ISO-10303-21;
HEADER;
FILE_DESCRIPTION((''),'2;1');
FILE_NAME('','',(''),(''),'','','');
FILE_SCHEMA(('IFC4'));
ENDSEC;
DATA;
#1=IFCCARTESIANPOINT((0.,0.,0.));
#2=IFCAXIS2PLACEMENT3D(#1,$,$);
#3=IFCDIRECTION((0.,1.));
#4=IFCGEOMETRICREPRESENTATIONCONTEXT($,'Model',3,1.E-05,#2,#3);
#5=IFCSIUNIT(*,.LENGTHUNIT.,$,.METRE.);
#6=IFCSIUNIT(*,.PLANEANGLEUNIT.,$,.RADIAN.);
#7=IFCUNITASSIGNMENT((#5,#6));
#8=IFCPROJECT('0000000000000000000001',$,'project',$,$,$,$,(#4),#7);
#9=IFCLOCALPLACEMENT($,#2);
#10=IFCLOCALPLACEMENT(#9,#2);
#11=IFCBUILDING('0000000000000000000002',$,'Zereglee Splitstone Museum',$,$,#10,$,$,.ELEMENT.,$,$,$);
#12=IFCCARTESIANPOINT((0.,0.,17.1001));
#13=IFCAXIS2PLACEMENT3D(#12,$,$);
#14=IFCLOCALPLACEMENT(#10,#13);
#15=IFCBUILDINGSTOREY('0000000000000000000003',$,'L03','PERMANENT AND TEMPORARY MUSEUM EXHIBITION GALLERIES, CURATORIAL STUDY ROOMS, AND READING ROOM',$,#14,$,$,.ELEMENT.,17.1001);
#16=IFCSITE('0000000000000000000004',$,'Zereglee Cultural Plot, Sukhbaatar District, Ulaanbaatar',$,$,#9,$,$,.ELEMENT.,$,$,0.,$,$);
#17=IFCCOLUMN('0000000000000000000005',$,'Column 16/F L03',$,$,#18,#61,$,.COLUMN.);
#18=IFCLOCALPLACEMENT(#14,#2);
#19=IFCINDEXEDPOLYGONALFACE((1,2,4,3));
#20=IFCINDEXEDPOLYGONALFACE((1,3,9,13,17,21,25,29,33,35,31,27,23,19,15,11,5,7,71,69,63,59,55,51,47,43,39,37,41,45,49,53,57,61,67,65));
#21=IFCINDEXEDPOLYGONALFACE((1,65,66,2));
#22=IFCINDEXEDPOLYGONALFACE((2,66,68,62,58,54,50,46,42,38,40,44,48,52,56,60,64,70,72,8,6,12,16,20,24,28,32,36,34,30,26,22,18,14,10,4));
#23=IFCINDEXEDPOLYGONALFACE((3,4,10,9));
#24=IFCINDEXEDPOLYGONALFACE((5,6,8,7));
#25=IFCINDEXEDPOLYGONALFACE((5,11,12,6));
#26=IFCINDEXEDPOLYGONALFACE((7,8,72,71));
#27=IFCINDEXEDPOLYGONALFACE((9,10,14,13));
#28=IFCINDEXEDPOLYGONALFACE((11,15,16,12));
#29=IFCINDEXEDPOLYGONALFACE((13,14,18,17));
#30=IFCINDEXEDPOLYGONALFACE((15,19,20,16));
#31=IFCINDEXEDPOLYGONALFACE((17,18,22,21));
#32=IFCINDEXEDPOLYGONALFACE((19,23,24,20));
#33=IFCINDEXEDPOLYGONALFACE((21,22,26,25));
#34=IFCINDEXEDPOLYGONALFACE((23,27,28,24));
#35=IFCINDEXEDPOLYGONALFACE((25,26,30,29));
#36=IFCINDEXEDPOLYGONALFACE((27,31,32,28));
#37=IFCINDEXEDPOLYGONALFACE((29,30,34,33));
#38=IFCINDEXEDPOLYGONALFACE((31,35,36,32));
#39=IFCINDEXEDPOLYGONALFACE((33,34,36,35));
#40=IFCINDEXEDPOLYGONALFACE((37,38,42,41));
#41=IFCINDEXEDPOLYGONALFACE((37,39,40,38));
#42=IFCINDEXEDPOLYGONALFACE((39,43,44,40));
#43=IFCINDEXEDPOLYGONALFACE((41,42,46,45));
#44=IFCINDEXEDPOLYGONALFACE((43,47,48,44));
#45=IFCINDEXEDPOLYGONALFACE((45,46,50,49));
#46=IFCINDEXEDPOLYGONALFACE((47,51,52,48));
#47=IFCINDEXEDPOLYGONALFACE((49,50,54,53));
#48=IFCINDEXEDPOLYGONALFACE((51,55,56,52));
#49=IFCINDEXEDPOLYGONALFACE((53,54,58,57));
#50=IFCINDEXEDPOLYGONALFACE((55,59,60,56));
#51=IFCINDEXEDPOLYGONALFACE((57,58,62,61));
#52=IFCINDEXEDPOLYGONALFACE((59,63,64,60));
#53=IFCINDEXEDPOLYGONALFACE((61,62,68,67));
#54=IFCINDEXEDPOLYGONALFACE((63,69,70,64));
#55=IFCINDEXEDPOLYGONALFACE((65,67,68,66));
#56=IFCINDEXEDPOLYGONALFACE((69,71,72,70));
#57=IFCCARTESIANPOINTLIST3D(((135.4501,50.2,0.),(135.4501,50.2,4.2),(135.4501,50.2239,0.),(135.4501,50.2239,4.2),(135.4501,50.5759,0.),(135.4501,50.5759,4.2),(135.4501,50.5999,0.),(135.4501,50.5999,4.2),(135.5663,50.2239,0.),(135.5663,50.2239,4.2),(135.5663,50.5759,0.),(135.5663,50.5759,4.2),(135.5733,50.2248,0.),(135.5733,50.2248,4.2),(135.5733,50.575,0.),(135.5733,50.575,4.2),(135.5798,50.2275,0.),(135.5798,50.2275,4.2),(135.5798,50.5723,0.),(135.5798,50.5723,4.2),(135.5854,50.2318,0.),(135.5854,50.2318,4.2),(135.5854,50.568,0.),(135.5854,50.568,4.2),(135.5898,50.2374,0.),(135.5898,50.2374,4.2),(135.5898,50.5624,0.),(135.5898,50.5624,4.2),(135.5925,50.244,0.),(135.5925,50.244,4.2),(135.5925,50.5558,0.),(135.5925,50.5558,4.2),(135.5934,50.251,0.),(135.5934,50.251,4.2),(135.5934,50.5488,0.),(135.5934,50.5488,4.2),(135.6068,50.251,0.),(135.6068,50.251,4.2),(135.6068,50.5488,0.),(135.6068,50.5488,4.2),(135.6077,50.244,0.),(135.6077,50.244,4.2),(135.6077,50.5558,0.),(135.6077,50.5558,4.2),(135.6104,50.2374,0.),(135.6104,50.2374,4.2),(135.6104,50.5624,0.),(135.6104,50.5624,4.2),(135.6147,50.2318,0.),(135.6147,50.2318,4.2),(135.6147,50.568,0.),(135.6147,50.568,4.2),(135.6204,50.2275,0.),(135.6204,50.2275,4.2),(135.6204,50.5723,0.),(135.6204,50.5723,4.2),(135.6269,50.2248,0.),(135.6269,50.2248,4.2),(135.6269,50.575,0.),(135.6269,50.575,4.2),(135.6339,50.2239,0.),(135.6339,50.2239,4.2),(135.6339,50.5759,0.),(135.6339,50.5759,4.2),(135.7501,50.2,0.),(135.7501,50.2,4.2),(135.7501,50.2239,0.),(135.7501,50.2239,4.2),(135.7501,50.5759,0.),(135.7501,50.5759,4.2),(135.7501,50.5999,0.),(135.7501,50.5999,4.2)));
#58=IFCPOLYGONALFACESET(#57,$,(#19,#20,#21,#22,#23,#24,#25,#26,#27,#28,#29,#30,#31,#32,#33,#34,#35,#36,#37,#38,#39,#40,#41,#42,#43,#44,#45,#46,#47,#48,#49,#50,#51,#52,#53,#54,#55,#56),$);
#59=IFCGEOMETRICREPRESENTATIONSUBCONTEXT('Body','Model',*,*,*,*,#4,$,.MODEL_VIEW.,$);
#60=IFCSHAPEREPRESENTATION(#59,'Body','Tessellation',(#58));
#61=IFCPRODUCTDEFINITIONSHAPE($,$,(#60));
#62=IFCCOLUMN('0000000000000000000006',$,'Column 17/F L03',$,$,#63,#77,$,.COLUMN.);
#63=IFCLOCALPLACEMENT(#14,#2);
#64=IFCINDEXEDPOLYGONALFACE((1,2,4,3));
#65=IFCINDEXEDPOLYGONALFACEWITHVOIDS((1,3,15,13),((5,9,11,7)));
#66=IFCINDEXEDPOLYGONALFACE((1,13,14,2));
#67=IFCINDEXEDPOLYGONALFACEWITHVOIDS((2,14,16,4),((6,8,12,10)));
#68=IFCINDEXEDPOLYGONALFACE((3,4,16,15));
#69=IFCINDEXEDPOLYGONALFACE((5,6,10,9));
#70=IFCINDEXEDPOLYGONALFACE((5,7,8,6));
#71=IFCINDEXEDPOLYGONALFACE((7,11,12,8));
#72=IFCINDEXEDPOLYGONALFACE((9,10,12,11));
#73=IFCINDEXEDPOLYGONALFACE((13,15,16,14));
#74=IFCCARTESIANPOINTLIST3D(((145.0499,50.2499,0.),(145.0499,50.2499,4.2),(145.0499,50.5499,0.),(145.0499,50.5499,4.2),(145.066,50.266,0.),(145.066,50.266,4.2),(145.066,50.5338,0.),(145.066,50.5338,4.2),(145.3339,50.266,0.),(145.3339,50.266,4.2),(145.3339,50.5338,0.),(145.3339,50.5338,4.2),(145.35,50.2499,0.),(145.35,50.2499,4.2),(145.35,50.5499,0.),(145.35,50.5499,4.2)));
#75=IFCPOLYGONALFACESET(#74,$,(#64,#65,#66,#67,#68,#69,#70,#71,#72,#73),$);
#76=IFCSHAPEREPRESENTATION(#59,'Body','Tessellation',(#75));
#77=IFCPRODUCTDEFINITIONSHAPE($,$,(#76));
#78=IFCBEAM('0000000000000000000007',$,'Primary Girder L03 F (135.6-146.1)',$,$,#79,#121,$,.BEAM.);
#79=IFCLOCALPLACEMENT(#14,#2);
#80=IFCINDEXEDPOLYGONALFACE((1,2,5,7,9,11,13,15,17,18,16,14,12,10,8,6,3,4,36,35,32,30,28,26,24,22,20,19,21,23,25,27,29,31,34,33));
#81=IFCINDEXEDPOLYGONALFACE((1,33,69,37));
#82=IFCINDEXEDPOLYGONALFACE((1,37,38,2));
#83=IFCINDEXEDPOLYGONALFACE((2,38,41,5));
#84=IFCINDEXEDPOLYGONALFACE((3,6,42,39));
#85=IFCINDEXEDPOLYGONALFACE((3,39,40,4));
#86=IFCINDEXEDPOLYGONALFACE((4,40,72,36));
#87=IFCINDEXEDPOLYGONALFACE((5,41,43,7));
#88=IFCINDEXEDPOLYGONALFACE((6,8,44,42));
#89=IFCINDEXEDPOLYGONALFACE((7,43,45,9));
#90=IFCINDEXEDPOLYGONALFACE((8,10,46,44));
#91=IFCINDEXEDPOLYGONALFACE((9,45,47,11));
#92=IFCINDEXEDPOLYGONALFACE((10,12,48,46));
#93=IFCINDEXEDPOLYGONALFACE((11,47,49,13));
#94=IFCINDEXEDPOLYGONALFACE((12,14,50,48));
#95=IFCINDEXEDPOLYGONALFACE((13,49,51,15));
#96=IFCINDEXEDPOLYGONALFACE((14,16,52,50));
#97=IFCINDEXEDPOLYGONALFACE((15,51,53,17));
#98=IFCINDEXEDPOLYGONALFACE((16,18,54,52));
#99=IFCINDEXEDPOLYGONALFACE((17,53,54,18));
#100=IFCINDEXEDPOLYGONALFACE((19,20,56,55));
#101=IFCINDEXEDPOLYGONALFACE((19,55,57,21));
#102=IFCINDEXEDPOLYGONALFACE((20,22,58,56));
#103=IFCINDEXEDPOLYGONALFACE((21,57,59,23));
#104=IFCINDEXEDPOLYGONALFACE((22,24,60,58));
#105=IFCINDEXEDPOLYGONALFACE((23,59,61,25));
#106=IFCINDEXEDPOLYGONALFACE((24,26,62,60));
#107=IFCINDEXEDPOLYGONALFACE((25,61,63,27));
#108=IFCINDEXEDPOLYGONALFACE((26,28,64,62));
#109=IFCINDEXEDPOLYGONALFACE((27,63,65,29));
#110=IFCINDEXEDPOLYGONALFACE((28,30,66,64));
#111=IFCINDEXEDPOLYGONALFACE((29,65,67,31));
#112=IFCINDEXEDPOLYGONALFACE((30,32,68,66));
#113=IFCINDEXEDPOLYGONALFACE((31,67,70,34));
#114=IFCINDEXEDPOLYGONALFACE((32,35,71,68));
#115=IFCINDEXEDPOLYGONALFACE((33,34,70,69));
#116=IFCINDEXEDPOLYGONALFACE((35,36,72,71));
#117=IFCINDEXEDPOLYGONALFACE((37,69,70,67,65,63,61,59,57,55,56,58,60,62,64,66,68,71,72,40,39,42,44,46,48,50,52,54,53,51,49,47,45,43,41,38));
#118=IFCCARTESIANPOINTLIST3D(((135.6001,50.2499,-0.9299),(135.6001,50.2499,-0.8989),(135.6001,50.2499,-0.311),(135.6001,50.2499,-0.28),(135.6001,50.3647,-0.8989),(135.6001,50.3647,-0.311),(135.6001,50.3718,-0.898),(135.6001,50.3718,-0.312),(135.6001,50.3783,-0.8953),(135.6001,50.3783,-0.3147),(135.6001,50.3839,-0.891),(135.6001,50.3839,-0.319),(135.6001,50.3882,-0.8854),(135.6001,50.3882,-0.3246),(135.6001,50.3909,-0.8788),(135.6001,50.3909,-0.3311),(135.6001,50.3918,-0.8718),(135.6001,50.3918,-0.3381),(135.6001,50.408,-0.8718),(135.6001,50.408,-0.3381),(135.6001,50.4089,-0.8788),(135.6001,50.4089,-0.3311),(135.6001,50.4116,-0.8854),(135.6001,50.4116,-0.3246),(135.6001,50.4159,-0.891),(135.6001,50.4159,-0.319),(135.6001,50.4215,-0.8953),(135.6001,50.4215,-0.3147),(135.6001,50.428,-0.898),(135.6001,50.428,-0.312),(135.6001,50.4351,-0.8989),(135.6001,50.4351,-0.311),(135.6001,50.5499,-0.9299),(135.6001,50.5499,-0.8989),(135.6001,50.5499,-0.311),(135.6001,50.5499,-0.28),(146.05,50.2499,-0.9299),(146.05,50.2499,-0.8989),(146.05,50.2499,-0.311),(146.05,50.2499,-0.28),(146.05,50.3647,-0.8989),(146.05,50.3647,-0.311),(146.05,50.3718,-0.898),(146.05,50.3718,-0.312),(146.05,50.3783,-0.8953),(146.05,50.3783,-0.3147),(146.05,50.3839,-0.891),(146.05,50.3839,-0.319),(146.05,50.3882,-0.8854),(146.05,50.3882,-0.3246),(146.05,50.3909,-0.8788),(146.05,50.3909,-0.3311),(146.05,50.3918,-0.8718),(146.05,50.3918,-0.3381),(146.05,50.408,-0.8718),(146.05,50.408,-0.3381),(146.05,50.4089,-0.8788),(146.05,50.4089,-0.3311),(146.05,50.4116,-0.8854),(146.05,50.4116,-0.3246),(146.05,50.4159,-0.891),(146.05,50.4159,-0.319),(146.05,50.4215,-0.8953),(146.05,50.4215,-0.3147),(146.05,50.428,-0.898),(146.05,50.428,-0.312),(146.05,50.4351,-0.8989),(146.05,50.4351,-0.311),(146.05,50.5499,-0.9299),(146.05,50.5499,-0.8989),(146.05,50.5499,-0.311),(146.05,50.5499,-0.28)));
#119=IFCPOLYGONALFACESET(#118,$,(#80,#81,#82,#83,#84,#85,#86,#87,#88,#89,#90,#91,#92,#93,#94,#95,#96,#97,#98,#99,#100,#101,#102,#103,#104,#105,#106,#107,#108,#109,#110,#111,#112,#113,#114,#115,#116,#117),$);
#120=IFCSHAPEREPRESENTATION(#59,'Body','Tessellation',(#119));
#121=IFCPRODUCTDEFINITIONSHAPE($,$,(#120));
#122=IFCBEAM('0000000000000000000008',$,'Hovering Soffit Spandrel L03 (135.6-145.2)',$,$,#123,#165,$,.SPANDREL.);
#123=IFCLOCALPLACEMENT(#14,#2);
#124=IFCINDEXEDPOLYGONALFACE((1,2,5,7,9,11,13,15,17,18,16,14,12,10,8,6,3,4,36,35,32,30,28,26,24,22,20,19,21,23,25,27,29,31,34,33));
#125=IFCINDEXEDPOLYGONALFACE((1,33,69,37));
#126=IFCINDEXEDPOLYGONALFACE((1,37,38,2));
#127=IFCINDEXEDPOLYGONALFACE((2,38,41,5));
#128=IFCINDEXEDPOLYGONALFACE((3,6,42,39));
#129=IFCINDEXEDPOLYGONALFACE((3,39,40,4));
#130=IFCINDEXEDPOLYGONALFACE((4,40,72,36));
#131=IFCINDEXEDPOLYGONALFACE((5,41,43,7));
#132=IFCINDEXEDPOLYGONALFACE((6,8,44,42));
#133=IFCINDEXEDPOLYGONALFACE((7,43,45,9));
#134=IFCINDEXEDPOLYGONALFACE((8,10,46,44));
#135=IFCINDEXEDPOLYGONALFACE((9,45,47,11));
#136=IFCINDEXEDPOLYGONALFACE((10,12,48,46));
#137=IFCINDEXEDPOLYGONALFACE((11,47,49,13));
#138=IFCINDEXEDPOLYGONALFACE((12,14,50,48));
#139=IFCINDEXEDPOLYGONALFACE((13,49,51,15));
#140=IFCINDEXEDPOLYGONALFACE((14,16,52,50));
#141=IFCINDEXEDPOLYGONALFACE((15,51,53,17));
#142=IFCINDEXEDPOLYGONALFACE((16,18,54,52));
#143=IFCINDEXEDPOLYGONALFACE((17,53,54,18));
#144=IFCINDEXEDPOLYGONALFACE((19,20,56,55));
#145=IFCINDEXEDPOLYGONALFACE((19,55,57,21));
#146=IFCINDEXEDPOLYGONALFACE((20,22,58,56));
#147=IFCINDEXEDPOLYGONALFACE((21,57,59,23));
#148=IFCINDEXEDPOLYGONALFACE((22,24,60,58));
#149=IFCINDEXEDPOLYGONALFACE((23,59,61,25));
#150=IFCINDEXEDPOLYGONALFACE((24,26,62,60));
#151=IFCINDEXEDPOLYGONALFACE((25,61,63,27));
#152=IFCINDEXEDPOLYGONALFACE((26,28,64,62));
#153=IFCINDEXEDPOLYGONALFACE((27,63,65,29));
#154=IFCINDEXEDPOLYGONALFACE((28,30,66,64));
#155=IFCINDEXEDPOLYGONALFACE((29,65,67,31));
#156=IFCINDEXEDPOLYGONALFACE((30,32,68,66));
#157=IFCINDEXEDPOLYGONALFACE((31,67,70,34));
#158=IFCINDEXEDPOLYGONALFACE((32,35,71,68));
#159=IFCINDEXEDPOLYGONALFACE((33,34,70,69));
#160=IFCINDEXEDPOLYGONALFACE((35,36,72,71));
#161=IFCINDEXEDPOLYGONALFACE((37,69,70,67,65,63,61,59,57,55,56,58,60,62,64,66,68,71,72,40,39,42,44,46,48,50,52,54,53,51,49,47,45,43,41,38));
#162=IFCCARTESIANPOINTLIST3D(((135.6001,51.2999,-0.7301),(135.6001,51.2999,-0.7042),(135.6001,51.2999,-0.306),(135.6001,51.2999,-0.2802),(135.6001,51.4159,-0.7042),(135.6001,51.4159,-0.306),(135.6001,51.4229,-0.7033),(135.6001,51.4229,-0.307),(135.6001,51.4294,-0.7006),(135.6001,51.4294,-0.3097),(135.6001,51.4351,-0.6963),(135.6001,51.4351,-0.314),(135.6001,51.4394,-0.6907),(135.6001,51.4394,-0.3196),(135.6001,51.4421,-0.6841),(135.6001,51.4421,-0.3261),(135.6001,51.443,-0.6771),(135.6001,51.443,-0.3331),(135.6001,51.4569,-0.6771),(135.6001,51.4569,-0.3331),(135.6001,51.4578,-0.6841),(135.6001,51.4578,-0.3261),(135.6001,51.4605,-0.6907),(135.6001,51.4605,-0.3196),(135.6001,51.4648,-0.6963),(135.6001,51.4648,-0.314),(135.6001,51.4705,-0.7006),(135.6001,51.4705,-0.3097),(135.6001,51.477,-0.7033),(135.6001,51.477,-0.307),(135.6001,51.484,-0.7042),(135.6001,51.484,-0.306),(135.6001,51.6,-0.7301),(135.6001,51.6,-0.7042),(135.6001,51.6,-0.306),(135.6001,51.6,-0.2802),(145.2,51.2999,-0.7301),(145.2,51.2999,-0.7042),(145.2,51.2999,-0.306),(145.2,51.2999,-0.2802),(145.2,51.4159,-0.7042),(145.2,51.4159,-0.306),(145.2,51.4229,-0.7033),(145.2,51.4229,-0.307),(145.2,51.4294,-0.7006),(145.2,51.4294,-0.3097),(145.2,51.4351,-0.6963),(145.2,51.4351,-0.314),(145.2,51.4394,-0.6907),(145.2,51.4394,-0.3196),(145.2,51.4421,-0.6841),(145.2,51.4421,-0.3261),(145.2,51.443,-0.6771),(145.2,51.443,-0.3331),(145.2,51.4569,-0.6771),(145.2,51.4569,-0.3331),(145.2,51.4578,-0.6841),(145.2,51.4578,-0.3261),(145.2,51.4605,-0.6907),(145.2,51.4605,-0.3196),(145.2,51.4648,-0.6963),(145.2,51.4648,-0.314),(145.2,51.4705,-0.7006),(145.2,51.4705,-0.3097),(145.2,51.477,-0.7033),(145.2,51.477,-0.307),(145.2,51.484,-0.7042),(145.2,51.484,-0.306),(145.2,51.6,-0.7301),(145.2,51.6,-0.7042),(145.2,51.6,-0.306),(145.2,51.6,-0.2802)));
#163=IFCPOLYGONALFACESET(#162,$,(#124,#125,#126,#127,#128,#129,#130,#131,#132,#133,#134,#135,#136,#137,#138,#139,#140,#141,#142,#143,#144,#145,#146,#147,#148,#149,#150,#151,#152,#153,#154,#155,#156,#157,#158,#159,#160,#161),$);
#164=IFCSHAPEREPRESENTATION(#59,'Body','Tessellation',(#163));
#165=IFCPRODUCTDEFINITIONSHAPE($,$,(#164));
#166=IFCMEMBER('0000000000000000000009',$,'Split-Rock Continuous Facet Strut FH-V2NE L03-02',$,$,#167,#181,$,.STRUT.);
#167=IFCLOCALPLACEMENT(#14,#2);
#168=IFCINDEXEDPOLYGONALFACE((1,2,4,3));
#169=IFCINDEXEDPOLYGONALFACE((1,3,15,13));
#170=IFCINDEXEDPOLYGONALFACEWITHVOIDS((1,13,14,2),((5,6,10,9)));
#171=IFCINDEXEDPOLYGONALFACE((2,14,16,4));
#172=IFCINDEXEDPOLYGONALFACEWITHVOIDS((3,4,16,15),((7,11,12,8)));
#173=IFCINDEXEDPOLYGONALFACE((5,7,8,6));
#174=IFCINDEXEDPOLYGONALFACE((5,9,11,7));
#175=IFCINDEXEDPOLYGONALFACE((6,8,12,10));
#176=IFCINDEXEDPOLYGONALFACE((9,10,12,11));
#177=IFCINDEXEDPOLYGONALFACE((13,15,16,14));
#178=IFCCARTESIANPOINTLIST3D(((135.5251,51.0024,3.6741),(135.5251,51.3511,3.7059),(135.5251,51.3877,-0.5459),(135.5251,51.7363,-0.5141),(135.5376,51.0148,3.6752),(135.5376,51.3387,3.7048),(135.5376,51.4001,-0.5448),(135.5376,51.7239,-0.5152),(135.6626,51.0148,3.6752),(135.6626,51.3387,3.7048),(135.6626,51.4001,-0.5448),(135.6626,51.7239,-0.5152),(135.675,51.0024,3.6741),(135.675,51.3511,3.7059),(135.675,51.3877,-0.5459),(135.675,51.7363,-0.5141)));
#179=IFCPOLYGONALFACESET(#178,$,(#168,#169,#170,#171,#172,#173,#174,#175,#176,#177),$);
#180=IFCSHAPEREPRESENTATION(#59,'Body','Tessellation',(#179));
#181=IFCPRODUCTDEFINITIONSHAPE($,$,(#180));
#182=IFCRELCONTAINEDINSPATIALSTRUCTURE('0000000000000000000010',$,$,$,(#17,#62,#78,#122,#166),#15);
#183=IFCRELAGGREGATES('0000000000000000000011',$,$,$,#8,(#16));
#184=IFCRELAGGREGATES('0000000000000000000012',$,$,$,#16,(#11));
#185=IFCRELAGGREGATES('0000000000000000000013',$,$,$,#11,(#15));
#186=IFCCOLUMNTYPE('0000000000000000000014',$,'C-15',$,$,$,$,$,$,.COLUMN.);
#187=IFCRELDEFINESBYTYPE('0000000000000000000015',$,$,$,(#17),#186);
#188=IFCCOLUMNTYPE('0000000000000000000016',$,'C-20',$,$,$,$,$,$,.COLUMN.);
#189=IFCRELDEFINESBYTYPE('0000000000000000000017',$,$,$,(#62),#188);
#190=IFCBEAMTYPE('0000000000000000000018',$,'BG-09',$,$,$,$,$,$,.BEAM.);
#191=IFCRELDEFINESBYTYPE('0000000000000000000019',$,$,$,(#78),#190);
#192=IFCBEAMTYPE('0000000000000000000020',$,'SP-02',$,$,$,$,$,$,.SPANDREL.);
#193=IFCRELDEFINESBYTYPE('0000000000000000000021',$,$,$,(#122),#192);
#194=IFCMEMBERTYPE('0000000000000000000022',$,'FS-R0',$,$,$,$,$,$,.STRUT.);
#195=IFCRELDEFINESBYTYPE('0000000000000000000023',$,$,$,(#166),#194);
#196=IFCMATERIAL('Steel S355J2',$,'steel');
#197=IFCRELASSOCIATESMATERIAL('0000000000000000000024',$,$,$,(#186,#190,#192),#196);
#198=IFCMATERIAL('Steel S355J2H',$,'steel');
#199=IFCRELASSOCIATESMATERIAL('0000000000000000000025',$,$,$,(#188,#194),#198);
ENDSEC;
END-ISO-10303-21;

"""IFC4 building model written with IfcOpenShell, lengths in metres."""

from ifc_helpers import new_model, si_unit, direction, frame, origin, origin_2d, place, context, subcontext, project, spatial, hollow_rectangle, i_section, extrude, material, material_profile, profile_set, type_object, element, save


model = new_model("IFC4")

# Units and contexts
model_context = context("Model", 3, precision=1e-05, world=origin(), true_north=direction((0.0, 1.0)))
body_context = subcontext(model_context, "Body", "Model", "MODEL_VIEW")
ifc_project = project(units=[si_unit("LENGTHUNIT", "METRE"), si_unit("PLANEANGLEUNIT", "RADIAN")], contexts=[model_context])

# Site, building, storey
site_placement = place(None, origin())
site = spatial("IfcSite", under=ifc_project, at=site_placement, Name="Zereglee Cultural Plot, Sukhbaatar District, Ulaanbaatar", CompositionType="ELEMENT", RefElevation=0.0)
building_placement = place(site_placement, origin())
building = spatial("IfcBuilding", under=site, at=building_placement, Name="Zereglee Splitstone Museum", CompositionType="ELEMENT")
storey_placement = place(building_placement, frame((0.0, 0.0, 17.1001)))
storey = spatial("IfcBuildingStorey", under=building, at=storey_placement, Name="L03", Description="PERMANENT AND TEMPORARY MUSEUM EXHIBITION GALLERIES, CURATORIAL STUDY ROOMS, AND READING ROOM", CompositionType="ELEMENT", Elevation=17.1001)

# Columns
ifc_material_1 = material(Name="Steel S355J2", Category="steel")
ifc_material_profile_1 = material_profile(ifc_material_1, i_section(OverallWidth=0.3, OverallDepth=0.3999, WebThickness=0.0134, FlangeThickness=0.0239, FilletRadius=0.0271, at=origin_2d()), Name="HE 400 B")
ifc_profile_set_1 = profile_set([ifc_material_profile_1], Name="Steel S355J2")
column_type_1 = type_object("IfcColumnType", Name="C-15", PredefinedType="COLUMN", material=ifc_profile_set_1)
column_1_placement = place(storey_placement, frame((135.6001, 50.3999, 0.0), z_axis=(0.0, 0.0, 1.0), x_axis=(1.0, 0.0, 0.0)))
element("IfcColumn", 1, at=column_1_placement, inside=storey, type_object=column_type_1, Name="Column 16/F L03", PredefinedType="COLUMN", context=body_context, shape_type="SweptSolid", body=[
    extrude(i_section(OverallWidth=0.3, OverallDepth=0.3999, WebThickness=0.0134, FlangeThickness=0.0239, FilletRadius=0.0271, at=origin_2d()), origin(), (0.0, 0.0, 1.0), 4.2),
])
ifc_material_2 = material(Name="Steel S355J2H", Category="steel")
ifc_material_profile_2 = material_profile(ifc_material_2, hollow_rectangle(XDim=0.3, YDim=0.3, WallThickness=0.0161, at=origin_2d()), Name="SHS 300x300x16")
ifc_profile_set_2 = profile_set([ifc_material_profile_2], Name="Steel S355J2H")
column_type_2 = type_object("IfcColumnType", Name="C-20", PredefinedType="COLUMN", material=ifc_profile_set_2)
column_2_placement = place(storey_placement, frame((145.2, 50.3999, 0.0), z_axis=(0.0, 0.0, 1.0), x_axis=(1.0, 0.0, 0.0)))
element("IfcColumn", 2, at=column_2_placement, inside=storey, type_object=column_type_2, Name="Column 17/F L03", PredefinedType="COLUMN", context=body_context, shape_type="SweptSolid", body=[
    extrude(hollow_rectangle(XDim=0.3, YDim=0.3, WallThickness=0.0161, at=origin_2d()), origin(), (0.0, 0.0, 1.0), 4.2),
])

# Beams
ifc_material_profile_3 = material_profile(ifc_material_1, i_section(OverallWidth=0.3, OverallDepth=0.6499, WebThickness=0.0161, FlangeThickness=0.031, FilletRadius=0.0271, at=origin_2d()), Name="HE 650 B")
ifc_profile_set_3 = profile_set([ifc_material_profile_3], Name="Steel S355J2")
beam_type_1 = type_object("IfcBeamType", Name="BG-09", PredefinedType="BEAM", material=ifc_profile_set_3)
beam_1_placement = place(storey_placement, frame((135.6001, 50.3999, -0.605), z_axis=(1.0, 0.0, 0.0), x_axis=(0.0, 1.0, 0.0)))
element("IfcBeam", 3, at=beam_1_placement, inside=storey, type_object=beam_type_1, Name="Primary Girder L03 F (135.6-146.1)", PredefinedType="BEAM", context=body_context, shape_type="SweptSolid", body=[
    extrude(i_section(OverallWidth=0.3, OverallDepth=0.6499, WebThickness=0.0161, FlangeThickness=0.031, FilletRadius=0.0271, at=origin_2d()), origin(), (0.0, 0.0, 1.0), 10.45),
])
ifc_material_profile_4 = material_profile(ifc_material_1, i_section(OverallWidth=0.3, OverallDepth=0.45, WebThickness=0.0139, FlangeThickness=0.0259, FilletRadius=0.0271, at=origin_2d()), Name="HE 450 B")
ifc_profile_set_4 = profile_set([ifc_material_profile_4], Name="Steel S355J2")
beam_type_2 = type_object("IfcBeamType", Name="SP-02", PredefinedType="SPANDREL", material=ifc_profile_set_4)
beam_2_placement = place(storey_placement, frame((135.6001, 51.45, -0.5051), z_axis=(1.0, 0.0, 0.0), x_axis=(0.0, 1.0, 0.0)))
element("IfcBeam", 4, at=beam_2_placement, inside=storey, type_object=beam_type_2, Name="Hovering Soffit Spandrel L03 (135.6-145.2)", PredefinedType="SPANDREL", context=body_context, shape_type="SweptSolid", body=[
    extrude(i_section(OverallWidth=0.3, OverallDepth=0.45, WebThickness=0.0139, FlangeThickness=0.0259, FilletRadius=0.0271, at=origin_2d()), origin(), (0.0, 0.0, 1.0), 9.5999),
])

# Member
ifc_material_profile_5 = material_profile(ifc_material_2, hollow_rectangle(XDim=0.1499, YDim=0.3501, WallThickness=0.0125, at=origin_2d()), Name="RHS 350x150x12.5")
ifc_profile_set_5 = profile_set([ifc_material_profile_5], Name="Steel S355J2H")
member_type_1 = type_object("IfcMemberType", Name="FS-R0", PredefinedType="STRUT", material=ifc_profile_set_5)
for number, where, z_axis, x_axis, name in (
    (5, (135.6001, 51.562, -0.53), (0.0, -0.090915, 0.995859), (1.0, 0.0, 0.0), "Split-Rock Continuous Facet Strut FH-V2NE L03-02"),
):
    element("IfcMember", number, at=place(storey_placement, frame(where, z_axis=z_axis, x_axis=x_axis)), inside=storey, type_object=member_type_1, Name=name, PredefinedType="STRUT", context=body_context, shape_type="SweptSolid", body=[
        extrude(hollow_rectangle(XDim=0.1499, YDim=0.3501, WallThickness=0.0125, at=origin_2d()), origin(), (0.0, 0.0, 1.0), 4.2375),
    ])

save(model, "model.ifc")
